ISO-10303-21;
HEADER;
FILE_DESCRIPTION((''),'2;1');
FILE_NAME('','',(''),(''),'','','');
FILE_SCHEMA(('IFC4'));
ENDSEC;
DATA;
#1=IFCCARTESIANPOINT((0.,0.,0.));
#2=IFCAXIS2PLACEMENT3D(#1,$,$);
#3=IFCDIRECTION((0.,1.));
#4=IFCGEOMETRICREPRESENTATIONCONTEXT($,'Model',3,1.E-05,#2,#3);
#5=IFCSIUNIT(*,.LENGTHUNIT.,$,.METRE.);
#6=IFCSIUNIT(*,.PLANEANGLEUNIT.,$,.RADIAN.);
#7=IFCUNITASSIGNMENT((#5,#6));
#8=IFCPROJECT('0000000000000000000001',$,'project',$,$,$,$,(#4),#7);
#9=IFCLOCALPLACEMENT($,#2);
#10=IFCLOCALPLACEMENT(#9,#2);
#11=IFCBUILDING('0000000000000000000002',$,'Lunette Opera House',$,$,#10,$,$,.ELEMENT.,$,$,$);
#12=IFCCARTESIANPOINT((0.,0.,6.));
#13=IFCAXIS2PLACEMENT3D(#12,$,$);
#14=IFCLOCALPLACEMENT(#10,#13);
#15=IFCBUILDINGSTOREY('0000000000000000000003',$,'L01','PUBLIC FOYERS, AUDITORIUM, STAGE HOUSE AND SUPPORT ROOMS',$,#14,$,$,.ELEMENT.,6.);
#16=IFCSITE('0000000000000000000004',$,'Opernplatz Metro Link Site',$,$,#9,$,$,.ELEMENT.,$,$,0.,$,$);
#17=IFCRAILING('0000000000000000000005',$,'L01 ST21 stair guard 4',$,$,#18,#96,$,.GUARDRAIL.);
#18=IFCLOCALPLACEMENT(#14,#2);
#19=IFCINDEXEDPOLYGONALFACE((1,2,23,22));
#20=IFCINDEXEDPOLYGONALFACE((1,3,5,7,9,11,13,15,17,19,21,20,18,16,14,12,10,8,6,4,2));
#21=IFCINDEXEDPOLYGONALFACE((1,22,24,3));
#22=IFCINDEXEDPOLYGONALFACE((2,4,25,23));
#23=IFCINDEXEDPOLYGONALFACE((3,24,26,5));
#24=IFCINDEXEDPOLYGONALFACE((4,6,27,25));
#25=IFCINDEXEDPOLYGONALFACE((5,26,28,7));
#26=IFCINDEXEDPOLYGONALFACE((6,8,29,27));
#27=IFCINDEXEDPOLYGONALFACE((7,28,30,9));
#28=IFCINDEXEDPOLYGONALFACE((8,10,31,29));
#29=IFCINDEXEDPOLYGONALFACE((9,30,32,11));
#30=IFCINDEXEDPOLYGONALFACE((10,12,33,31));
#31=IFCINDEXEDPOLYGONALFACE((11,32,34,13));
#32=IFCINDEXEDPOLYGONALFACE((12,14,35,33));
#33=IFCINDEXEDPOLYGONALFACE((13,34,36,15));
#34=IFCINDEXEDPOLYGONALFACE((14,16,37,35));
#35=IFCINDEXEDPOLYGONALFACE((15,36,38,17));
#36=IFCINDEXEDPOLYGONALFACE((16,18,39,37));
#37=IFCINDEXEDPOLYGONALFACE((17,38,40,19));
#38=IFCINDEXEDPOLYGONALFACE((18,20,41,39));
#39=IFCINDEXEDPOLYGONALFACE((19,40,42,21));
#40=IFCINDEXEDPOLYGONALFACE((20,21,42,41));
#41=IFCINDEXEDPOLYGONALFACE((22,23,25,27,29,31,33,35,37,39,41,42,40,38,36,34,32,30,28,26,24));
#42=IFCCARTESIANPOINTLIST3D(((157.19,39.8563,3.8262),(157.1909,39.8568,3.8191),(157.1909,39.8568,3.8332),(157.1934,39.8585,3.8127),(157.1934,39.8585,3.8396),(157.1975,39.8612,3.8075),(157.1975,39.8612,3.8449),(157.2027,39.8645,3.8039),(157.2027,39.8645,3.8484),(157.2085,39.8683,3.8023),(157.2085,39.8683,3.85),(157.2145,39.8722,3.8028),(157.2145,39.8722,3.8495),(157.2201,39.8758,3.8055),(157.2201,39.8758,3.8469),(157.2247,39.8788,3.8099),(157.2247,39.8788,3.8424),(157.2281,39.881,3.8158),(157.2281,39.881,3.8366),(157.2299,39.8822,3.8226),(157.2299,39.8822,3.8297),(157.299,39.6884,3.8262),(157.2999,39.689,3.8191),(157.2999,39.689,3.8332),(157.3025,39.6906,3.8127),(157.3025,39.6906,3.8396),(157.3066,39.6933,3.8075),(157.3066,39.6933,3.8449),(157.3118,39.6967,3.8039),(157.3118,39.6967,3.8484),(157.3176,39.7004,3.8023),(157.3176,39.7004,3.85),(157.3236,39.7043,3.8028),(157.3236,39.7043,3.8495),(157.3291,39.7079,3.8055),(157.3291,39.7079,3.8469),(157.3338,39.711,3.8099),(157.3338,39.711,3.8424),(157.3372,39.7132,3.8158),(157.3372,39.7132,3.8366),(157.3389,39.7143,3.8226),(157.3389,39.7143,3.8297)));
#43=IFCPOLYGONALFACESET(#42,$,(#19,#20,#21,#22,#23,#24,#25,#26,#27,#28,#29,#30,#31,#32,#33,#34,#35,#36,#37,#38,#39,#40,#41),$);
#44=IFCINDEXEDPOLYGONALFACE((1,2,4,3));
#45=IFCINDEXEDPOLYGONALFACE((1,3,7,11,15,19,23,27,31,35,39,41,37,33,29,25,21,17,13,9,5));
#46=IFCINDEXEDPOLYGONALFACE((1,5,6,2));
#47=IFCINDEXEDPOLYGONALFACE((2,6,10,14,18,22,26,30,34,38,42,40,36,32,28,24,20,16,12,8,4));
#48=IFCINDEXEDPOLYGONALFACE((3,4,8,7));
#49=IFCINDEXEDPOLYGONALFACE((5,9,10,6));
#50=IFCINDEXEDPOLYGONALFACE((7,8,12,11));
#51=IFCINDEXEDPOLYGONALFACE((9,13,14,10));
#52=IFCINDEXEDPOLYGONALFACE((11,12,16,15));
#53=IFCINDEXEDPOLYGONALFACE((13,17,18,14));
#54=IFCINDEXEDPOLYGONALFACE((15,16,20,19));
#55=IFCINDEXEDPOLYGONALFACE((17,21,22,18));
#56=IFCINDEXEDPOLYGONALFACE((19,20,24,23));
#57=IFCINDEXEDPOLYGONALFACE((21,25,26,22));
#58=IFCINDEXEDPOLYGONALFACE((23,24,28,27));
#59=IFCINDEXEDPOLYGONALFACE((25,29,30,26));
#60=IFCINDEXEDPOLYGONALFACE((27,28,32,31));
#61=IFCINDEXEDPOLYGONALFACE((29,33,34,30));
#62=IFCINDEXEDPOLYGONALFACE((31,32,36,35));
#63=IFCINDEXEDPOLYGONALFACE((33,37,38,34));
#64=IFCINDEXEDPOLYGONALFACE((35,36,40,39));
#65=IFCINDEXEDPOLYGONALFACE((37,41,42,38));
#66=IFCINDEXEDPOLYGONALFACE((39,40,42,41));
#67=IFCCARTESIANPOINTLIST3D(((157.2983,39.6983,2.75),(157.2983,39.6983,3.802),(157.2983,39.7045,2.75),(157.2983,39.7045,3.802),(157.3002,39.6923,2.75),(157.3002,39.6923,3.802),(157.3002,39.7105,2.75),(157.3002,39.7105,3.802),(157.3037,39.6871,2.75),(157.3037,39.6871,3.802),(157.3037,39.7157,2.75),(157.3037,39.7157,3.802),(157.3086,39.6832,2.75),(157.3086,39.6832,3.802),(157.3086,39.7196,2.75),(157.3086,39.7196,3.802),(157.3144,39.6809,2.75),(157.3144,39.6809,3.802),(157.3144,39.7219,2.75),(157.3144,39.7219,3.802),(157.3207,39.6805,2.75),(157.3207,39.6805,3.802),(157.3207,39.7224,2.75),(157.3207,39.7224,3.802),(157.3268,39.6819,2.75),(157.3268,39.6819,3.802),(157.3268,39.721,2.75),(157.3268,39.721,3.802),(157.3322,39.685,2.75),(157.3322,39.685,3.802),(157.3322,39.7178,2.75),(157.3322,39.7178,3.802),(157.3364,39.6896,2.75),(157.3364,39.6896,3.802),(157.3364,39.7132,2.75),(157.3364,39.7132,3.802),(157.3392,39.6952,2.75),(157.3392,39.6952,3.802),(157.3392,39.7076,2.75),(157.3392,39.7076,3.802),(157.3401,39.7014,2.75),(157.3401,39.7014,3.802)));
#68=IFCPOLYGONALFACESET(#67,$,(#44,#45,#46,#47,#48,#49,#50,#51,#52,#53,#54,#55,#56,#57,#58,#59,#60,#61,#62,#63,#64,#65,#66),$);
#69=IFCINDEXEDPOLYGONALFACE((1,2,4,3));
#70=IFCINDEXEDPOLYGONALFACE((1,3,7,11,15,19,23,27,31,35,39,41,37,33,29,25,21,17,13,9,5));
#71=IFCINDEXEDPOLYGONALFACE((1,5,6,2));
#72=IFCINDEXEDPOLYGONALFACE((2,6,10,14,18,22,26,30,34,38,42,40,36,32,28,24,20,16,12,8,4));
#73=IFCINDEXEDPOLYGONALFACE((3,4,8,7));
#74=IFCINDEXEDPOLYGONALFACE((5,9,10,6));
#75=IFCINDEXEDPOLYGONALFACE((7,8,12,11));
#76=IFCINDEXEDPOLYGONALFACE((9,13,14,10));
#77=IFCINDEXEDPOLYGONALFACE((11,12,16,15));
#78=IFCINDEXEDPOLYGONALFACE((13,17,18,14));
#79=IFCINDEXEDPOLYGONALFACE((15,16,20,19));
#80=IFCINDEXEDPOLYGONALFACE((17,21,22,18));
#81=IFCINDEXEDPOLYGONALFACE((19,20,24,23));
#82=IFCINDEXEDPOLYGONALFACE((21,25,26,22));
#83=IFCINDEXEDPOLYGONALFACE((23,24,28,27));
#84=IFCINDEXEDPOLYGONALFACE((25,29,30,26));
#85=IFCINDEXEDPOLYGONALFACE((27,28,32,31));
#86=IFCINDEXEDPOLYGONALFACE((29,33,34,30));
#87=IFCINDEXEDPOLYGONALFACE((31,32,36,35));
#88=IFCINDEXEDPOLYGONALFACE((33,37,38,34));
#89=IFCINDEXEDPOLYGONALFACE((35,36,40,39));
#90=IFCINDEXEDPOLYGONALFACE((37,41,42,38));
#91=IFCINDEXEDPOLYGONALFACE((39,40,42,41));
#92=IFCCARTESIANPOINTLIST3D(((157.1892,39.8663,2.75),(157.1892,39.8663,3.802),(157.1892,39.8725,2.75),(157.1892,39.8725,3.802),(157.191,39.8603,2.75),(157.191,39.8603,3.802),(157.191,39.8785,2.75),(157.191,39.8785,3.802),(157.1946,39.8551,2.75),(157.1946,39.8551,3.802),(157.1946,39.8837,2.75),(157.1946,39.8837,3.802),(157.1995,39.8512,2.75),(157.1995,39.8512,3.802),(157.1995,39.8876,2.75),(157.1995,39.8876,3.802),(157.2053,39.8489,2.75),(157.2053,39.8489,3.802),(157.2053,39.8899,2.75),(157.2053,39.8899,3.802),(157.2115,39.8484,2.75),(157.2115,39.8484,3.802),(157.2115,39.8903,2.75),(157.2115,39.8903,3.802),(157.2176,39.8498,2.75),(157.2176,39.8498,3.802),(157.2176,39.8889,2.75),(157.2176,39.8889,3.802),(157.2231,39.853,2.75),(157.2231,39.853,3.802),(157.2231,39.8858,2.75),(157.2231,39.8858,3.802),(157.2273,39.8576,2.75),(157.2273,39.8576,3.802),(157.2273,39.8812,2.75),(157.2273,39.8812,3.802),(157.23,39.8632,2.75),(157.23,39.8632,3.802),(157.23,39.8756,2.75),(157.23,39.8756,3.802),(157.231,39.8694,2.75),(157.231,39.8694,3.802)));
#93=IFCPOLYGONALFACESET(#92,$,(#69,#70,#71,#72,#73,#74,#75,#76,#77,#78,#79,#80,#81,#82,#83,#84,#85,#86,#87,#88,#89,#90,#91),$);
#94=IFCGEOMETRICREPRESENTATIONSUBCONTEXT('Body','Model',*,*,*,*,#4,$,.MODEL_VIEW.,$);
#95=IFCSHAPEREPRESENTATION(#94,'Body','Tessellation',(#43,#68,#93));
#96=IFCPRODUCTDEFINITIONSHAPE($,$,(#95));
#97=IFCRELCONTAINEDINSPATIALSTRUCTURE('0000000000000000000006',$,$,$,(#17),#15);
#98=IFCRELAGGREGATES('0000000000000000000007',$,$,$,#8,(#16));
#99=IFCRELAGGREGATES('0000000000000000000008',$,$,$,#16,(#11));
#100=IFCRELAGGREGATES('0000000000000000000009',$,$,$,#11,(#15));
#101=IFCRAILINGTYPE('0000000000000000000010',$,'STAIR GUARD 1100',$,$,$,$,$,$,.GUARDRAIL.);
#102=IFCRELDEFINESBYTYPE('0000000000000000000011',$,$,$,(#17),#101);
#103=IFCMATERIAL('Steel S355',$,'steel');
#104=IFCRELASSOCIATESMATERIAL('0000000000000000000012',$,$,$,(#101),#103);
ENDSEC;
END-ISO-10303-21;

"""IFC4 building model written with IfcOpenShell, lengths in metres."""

from ifc_helpers import new_model, si_unit, direction, frame, origin, origin_2d, place, context, subcontext, project, spatial, circle, extrude, material, type_object, element, save


model = new_model("IFC4")

# Units and contexts
model_context = context("Model", 3, precision=1e-05, world=origin(), true_north=direction((0.0, 1.0)))
body_context = subcontext(model_context, "Body", "Model", "MODEL_VIEW")
ifc_project = project(units=[si_unit("LENGTHUNIT", "METRE"), si_unit("PLANEANGLEUNIT", "RADIAN")], contexts=[model_context])

# Site, building, storey
site_placement = place(None, origin())
site = spatial("IfcSite", under=ifc_project, at=site_placement, Name="Opernplatz Metro Link Site", CompositionType="ELEMENT", RefElevation=0.0)
building_placement = place(site_placement, origin())
building = spatial("IfcBuilding", under=site, at=building_placement, Name="Lunette Opera House", CompositionType="ELEMENT")
storey_placement = place(building_placement, frame((0.0, 0.0, 6.0)))
storey = spatial("IfcBuildingStorey", under=building, at=storey_placement, Name="L01", Description="PUBLIC FOYERS, AUDITORIUM, STAGE HOUSE AND SUPPORT ROOMS", CompositionType="ELEMENT", Elevation=6.0)

# Railing
ifc_material_1 = material(Name="Steel S355", Category="steel")
railing_type_1 = type_object("IfcRailingType", Name="STAIR GUARD 1100", PredefinedType="GUARDRAIL", material=ifc_material_1)
railing_1_placement = place(storey_placement, frame((157.3191, 39.7014, 2.75)))
element("IfcRailing", 1, at=railing_1_placement, inside=storey, type_object=railing_type_1, Name="L01 ST21 stair guard 4", PredefinedType="GUARDRAIL", context=body_context, shape_type="SweptSolid", body=[
    extrude(circle(Radius=0.0239, at=origin_2d()), frame((0.0, 0.0, 1.0762), z_axis=(-0.544817, 0.838555, 0.0), x_axis=(-0.838555, -0.544817, 0.0)), (0.0, 0.0, 1.0), 0.2002),
    extrude(circle(Radius=0.021, at=origin_2d()), origin(), (0.0, 0.0, 1.0), 1.052),
    extrude(circle(Radius=0.021, at=origin_2d()), frame((-0.1091, 0.168, 0.0)), (0.0, 0.0, 1.0), 1.052),
])

save(model, "model.ifc")
